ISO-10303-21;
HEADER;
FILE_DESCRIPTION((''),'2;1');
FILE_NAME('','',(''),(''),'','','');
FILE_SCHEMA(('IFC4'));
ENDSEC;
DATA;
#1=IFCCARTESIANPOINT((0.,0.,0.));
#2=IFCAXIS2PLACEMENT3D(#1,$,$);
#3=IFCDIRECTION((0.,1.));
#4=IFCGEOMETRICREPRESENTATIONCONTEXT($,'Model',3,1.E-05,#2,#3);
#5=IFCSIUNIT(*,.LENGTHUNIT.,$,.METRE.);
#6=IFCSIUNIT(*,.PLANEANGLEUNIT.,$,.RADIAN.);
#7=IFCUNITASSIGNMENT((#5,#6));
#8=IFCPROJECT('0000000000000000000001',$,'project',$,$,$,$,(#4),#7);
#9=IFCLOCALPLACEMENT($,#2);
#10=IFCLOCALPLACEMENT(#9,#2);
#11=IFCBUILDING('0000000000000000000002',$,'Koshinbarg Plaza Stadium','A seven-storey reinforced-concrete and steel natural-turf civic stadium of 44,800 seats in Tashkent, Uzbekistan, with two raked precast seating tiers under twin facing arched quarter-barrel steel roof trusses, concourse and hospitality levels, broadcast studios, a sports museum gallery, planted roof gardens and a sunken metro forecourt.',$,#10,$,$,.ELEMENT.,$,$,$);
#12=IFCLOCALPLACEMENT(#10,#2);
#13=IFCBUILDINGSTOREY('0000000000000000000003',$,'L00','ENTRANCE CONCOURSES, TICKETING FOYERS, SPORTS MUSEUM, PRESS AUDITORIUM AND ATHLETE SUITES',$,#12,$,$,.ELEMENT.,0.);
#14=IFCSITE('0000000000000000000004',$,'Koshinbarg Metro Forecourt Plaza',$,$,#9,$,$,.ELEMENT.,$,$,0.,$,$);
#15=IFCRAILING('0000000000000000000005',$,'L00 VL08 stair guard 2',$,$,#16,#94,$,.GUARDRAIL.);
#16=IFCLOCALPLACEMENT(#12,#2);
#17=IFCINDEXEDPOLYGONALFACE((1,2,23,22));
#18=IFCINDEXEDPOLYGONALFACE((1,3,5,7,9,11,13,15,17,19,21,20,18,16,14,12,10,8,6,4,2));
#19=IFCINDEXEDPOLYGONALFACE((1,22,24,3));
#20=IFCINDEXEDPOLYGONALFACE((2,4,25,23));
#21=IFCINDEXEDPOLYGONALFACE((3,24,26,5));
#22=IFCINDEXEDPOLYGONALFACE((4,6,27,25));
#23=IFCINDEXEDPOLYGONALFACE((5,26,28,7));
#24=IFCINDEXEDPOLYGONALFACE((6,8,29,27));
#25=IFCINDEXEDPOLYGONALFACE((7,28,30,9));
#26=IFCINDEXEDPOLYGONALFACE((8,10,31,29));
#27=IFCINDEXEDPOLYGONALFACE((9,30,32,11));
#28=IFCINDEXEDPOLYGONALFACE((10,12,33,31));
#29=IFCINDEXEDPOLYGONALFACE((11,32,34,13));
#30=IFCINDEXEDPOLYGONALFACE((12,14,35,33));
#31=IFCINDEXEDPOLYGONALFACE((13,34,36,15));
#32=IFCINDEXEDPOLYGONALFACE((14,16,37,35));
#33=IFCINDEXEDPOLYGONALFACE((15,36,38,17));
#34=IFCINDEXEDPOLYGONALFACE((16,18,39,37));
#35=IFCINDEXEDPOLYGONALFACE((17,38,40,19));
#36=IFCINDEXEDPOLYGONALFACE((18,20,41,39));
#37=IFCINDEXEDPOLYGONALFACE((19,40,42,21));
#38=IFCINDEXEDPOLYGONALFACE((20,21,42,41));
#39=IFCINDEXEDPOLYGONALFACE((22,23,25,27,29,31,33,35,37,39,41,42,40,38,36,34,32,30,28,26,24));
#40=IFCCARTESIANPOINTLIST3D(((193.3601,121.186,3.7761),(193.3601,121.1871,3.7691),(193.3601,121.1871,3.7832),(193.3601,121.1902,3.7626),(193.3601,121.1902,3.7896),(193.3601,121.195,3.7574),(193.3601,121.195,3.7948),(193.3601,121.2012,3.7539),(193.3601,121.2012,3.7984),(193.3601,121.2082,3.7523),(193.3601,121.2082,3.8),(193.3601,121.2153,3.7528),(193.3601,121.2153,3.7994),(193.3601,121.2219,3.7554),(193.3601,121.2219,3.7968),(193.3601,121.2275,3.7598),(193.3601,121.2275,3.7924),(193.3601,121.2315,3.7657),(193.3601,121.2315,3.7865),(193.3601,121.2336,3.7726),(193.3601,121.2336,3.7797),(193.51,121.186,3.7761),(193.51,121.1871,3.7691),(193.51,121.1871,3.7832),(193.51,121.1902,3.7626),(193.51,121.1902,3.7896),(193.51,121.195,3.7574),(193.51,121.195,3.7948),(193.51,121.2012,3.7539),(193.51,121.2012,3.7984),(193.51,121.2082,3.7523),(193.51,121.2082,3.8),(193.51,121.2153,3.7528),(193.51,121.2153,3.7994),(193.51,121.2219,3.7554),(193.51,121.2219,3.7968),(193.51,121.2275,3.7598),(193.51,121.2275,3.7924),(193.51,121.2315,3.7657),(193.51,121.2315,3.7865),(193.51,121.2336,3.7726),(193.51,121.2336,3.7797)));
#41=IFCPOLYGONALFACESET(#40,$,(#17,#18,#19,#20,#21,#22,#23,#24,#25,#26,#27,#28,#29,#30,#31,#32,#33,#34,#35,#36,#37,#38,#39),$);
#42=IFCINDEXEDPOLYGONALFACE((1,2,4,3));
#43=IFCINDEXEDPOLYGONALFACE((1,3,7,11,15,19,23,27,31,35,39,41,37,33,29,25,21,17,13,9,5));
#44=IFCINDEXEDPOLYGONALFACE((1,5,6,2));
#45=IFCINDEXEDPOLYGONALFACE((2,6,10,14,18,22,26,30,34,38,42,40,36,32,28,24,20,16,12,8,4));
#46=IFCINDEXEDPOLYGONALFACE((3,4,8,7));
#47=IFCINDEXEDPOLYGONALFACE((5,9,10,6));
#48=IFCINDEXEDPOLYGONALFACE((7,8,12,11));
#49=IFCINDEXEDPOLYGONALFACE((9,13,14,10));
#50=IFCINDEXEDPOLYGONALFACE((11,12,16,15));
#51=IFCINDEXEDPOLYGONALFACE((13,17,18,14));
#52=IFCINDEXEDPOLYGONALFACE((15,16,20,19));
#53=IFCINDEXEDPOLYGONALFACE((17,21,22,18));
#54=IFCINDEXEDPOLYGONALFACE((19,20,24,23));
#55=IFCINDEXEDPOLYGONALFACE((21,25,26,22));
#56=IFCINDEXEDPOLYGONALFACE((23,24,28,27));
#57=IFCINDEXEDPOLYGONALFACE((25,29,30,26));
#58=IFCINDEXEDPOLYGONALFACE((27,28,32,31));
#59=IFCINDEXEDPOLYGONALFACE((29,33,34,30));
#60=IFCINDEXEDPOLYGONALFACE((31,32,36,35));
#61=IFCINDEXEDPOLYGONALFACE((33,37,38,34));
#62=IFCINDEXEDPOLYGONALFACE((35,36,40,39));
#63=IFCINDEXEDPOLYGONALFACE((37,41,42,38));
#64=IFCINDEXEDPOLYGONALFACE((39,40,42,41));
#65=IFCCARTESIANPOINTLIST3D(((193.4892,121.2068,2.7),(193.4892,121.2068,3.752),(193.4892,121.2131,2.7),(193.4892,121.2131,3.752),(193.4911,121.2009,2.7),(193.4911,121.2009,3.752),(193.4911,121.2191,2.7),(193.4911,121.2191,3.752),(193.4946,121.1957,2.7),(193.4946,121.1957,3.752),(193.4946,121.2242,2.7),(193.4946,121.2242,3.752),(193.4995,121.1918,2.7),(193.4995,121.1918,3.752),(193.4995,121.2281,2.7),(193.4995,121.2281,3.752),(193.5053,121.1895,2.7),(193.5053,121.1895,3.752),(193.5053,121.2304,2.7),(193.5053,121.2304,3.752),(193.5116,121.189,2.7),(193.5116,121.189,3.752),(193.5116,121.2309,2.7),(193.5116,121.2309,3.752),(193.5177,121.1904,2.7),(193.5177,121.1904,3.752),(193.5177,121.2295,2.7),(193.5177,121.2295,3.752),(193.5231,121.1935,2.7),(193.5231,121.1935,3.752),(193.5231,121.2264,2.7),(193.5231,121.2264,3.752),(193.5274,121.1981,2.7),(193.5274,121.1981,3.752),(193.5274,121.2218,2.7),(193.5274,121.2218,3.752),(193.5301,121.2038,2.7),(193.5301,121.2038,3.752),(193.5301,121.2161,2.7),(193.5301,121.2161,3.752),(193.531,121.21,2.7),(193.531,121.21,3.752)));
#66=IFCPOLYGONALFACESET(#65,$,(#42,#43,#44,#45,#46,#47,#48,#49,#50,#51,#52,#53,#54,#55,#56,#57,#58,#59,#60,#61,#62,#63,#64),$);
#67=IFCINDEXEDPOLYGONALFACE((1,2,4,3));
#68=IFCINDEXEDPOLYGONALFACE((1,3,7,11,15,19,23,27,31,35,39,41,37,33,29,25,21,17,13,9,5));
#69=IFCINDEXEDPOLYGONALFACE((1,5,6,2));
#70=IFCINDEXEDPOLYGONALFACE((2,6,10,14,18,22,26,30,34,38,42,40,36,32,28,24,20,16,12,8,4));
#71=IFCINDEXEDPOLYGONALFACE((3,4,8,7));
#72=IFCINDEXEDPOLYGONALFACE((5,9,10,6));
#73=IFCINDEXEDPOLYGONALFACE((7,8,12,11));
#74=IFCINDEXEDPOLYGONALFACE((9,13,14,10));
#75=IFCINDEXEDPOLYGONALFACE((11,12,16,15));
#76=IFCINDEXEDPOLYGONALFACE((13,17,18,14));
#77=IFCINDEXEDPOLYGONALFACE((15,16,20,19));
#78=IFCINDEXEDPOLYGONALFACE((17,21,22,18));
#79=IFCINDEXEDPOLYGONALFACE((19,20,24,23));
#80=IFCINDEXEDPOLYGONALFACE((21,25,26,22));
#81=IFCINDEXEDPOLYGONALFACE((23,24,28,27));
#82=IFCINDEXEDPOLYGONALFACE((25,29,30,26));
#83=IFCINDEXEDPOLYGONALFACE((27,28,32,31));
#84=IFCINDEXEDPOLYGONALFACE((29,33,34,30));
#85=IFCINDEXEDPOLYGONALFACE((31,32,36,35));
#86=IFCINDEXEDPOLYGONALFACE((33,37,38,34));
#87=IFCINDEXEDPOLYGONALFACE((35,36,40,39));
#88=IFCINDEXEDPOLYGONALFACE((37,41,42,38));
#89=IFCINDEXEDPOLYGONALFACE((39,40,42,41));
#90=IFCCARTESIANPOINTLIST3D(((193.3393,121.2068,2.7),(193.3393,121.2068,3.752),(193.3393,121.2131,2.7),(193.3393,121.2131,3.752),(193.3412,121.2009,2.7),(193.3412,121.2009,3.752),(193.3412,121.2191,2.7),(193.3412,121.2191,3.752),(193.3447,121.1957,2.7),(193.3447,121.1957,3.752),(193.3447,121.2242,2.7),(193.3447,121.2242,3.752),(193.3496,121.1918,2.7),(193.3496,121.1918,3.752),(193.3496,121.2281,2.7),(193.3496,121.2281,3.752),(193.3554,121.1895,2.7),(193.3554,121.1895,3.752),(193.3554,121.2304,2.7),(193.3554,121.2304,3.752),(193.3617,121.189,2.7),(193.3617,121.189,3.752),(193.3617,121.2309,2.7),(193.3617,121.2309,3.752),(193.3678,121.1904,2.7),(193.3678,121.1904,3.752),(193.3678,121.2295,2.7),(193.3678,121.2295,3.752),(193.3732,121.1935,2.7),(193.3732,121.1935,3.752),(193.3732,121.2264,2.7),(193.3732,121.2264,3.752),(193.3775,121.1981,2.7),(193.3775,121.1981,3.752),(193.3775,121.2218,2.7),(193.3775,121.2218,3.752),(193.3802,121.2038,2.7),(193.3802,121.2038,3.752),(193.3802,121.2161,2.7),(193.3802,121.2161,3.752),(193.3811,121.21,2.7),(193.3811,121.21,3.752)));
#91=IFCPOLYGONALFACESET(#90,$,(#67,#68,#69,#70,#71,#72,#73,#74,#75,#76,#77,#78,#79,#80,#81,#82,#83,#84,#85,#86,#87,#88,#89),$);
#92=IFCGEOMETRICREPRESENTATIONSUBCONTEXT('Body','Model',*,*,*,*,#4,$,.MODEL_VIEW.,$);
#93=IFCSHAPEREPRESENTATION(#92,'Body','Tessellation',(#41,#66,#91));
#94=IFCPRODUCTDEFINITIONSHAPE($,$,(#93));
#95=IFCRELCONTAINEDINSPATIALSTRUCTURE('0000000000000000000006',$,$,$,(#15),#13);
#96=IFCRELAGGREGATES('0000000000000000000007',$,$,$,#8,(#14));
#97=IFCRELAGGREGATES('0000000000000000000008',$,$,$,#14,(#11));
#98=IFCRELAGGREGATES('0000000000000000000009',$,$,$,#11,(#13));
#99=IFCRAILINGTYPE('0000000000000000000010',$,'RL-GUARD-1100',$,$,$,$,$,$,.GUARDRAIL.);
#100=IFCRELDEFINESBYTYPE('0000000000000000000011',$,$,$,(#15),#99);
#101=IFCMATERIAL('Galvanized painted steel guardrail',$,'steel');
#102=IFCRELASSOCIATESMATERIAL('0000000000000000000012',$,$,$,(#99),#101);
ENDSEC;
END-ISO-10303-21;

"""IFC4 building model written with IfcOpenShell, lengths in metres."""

from ifc_helpers import new_model, si_unit, direction, frame, origin, origin_2d, place, context, subcontext, project, spatial, circle, extrude, material, type_object, element, save


model = new_model("IFC4")

# Units and contexts
model_context = context("Model", 3, precision=1e-05, world=origin(), true_north=direction((0.0, 1.0)))
body_context = subcontext(model_context, "Body", "Model", "MODEL_VIEW")
ifc_project = project(units=[si_unit("LENGTHUNIT", "METRE"), si_unit("PLANEANGLEUNIT", "RADIAN")], contexts=[model_context])

# Site, building, storey
site_placement = place(None, origin())
site = spatial("IfcSite", under=ifc_project, at=site_placement, Name="Koshinbarg Metro Forecourt Plaza", CompositionType="ELEMENT", RefElevation=0.0)
building_placement = place(site_placement, origin())
building = spatial("IfcBuilding", under=site, at=building_placement, Name="Koshinbarg Plaza Stadium", Description="A seven-storey reinforced-concrete and steel natural-turf civic stadium of 44,800 seats in Tashkent, Uzbekistan, with two raked precast seating tiers under twin facing arched quarter-barrel steel roof trusses, concourse and hospitality levels, broadcast studios, a sports museum gallery, planted roof gardens and a sunken metro forecourt.", CompositionType="ELEMENT")
storey_placement = place(building_placement, origin())
storey = spatial("IfcBuildingStorey", under=building, at=storey_placement, Name="L00", Description="ENTRANCE CONCOURSES, TICKETING FOYERS, SPORTS MUSEUM, PRESS AUDITORIUM AND ATHLETE SUITES", CompositionType="ELEMENT", Elevation=0.0)

# Railing
ifc_material_1 = material(Name="Galvanized painted steel guardrail", Category="steel")
railing_type_1 = type_object("IfcRailingType", Name="RL-GUARD-1100", PredefinedType="GUARDRAIL", material=ifc_material_1)
railing_1_placement = place(storey_placement, frame((193.51, 121.21, 2.7)))
element("IfcRailing", 1, at=railing_1_placement, inside=storey, type_object=railing_type_1, Name="L00 VL08 stair guard 2", PredefinedType="GUARDRAIL", context=body_context, shape_type="SweptSolid", body=[
    extrude(circle(Radius=0.0239, at=origin_2d()), frame((0.0, 0.0, 1.0762), z_axis=(-1.0, 0.0, 0.0), x_axis=(0.0, -1.0, 0.0)), (0.0, 0.0, 1.0), 0.1499),
    extrude(circle(Radius=0.021, at=origin_2d()), origin(), (0.0, 0.0, 1.0), 1.052),
    extrude(circle(Radius=0.021, at=origin_2d()), frame((-0.1499, 0.0, 0.0)), (0.0, 0.0, 1.0), 1.052),
])

save(model, "model.ifc")
